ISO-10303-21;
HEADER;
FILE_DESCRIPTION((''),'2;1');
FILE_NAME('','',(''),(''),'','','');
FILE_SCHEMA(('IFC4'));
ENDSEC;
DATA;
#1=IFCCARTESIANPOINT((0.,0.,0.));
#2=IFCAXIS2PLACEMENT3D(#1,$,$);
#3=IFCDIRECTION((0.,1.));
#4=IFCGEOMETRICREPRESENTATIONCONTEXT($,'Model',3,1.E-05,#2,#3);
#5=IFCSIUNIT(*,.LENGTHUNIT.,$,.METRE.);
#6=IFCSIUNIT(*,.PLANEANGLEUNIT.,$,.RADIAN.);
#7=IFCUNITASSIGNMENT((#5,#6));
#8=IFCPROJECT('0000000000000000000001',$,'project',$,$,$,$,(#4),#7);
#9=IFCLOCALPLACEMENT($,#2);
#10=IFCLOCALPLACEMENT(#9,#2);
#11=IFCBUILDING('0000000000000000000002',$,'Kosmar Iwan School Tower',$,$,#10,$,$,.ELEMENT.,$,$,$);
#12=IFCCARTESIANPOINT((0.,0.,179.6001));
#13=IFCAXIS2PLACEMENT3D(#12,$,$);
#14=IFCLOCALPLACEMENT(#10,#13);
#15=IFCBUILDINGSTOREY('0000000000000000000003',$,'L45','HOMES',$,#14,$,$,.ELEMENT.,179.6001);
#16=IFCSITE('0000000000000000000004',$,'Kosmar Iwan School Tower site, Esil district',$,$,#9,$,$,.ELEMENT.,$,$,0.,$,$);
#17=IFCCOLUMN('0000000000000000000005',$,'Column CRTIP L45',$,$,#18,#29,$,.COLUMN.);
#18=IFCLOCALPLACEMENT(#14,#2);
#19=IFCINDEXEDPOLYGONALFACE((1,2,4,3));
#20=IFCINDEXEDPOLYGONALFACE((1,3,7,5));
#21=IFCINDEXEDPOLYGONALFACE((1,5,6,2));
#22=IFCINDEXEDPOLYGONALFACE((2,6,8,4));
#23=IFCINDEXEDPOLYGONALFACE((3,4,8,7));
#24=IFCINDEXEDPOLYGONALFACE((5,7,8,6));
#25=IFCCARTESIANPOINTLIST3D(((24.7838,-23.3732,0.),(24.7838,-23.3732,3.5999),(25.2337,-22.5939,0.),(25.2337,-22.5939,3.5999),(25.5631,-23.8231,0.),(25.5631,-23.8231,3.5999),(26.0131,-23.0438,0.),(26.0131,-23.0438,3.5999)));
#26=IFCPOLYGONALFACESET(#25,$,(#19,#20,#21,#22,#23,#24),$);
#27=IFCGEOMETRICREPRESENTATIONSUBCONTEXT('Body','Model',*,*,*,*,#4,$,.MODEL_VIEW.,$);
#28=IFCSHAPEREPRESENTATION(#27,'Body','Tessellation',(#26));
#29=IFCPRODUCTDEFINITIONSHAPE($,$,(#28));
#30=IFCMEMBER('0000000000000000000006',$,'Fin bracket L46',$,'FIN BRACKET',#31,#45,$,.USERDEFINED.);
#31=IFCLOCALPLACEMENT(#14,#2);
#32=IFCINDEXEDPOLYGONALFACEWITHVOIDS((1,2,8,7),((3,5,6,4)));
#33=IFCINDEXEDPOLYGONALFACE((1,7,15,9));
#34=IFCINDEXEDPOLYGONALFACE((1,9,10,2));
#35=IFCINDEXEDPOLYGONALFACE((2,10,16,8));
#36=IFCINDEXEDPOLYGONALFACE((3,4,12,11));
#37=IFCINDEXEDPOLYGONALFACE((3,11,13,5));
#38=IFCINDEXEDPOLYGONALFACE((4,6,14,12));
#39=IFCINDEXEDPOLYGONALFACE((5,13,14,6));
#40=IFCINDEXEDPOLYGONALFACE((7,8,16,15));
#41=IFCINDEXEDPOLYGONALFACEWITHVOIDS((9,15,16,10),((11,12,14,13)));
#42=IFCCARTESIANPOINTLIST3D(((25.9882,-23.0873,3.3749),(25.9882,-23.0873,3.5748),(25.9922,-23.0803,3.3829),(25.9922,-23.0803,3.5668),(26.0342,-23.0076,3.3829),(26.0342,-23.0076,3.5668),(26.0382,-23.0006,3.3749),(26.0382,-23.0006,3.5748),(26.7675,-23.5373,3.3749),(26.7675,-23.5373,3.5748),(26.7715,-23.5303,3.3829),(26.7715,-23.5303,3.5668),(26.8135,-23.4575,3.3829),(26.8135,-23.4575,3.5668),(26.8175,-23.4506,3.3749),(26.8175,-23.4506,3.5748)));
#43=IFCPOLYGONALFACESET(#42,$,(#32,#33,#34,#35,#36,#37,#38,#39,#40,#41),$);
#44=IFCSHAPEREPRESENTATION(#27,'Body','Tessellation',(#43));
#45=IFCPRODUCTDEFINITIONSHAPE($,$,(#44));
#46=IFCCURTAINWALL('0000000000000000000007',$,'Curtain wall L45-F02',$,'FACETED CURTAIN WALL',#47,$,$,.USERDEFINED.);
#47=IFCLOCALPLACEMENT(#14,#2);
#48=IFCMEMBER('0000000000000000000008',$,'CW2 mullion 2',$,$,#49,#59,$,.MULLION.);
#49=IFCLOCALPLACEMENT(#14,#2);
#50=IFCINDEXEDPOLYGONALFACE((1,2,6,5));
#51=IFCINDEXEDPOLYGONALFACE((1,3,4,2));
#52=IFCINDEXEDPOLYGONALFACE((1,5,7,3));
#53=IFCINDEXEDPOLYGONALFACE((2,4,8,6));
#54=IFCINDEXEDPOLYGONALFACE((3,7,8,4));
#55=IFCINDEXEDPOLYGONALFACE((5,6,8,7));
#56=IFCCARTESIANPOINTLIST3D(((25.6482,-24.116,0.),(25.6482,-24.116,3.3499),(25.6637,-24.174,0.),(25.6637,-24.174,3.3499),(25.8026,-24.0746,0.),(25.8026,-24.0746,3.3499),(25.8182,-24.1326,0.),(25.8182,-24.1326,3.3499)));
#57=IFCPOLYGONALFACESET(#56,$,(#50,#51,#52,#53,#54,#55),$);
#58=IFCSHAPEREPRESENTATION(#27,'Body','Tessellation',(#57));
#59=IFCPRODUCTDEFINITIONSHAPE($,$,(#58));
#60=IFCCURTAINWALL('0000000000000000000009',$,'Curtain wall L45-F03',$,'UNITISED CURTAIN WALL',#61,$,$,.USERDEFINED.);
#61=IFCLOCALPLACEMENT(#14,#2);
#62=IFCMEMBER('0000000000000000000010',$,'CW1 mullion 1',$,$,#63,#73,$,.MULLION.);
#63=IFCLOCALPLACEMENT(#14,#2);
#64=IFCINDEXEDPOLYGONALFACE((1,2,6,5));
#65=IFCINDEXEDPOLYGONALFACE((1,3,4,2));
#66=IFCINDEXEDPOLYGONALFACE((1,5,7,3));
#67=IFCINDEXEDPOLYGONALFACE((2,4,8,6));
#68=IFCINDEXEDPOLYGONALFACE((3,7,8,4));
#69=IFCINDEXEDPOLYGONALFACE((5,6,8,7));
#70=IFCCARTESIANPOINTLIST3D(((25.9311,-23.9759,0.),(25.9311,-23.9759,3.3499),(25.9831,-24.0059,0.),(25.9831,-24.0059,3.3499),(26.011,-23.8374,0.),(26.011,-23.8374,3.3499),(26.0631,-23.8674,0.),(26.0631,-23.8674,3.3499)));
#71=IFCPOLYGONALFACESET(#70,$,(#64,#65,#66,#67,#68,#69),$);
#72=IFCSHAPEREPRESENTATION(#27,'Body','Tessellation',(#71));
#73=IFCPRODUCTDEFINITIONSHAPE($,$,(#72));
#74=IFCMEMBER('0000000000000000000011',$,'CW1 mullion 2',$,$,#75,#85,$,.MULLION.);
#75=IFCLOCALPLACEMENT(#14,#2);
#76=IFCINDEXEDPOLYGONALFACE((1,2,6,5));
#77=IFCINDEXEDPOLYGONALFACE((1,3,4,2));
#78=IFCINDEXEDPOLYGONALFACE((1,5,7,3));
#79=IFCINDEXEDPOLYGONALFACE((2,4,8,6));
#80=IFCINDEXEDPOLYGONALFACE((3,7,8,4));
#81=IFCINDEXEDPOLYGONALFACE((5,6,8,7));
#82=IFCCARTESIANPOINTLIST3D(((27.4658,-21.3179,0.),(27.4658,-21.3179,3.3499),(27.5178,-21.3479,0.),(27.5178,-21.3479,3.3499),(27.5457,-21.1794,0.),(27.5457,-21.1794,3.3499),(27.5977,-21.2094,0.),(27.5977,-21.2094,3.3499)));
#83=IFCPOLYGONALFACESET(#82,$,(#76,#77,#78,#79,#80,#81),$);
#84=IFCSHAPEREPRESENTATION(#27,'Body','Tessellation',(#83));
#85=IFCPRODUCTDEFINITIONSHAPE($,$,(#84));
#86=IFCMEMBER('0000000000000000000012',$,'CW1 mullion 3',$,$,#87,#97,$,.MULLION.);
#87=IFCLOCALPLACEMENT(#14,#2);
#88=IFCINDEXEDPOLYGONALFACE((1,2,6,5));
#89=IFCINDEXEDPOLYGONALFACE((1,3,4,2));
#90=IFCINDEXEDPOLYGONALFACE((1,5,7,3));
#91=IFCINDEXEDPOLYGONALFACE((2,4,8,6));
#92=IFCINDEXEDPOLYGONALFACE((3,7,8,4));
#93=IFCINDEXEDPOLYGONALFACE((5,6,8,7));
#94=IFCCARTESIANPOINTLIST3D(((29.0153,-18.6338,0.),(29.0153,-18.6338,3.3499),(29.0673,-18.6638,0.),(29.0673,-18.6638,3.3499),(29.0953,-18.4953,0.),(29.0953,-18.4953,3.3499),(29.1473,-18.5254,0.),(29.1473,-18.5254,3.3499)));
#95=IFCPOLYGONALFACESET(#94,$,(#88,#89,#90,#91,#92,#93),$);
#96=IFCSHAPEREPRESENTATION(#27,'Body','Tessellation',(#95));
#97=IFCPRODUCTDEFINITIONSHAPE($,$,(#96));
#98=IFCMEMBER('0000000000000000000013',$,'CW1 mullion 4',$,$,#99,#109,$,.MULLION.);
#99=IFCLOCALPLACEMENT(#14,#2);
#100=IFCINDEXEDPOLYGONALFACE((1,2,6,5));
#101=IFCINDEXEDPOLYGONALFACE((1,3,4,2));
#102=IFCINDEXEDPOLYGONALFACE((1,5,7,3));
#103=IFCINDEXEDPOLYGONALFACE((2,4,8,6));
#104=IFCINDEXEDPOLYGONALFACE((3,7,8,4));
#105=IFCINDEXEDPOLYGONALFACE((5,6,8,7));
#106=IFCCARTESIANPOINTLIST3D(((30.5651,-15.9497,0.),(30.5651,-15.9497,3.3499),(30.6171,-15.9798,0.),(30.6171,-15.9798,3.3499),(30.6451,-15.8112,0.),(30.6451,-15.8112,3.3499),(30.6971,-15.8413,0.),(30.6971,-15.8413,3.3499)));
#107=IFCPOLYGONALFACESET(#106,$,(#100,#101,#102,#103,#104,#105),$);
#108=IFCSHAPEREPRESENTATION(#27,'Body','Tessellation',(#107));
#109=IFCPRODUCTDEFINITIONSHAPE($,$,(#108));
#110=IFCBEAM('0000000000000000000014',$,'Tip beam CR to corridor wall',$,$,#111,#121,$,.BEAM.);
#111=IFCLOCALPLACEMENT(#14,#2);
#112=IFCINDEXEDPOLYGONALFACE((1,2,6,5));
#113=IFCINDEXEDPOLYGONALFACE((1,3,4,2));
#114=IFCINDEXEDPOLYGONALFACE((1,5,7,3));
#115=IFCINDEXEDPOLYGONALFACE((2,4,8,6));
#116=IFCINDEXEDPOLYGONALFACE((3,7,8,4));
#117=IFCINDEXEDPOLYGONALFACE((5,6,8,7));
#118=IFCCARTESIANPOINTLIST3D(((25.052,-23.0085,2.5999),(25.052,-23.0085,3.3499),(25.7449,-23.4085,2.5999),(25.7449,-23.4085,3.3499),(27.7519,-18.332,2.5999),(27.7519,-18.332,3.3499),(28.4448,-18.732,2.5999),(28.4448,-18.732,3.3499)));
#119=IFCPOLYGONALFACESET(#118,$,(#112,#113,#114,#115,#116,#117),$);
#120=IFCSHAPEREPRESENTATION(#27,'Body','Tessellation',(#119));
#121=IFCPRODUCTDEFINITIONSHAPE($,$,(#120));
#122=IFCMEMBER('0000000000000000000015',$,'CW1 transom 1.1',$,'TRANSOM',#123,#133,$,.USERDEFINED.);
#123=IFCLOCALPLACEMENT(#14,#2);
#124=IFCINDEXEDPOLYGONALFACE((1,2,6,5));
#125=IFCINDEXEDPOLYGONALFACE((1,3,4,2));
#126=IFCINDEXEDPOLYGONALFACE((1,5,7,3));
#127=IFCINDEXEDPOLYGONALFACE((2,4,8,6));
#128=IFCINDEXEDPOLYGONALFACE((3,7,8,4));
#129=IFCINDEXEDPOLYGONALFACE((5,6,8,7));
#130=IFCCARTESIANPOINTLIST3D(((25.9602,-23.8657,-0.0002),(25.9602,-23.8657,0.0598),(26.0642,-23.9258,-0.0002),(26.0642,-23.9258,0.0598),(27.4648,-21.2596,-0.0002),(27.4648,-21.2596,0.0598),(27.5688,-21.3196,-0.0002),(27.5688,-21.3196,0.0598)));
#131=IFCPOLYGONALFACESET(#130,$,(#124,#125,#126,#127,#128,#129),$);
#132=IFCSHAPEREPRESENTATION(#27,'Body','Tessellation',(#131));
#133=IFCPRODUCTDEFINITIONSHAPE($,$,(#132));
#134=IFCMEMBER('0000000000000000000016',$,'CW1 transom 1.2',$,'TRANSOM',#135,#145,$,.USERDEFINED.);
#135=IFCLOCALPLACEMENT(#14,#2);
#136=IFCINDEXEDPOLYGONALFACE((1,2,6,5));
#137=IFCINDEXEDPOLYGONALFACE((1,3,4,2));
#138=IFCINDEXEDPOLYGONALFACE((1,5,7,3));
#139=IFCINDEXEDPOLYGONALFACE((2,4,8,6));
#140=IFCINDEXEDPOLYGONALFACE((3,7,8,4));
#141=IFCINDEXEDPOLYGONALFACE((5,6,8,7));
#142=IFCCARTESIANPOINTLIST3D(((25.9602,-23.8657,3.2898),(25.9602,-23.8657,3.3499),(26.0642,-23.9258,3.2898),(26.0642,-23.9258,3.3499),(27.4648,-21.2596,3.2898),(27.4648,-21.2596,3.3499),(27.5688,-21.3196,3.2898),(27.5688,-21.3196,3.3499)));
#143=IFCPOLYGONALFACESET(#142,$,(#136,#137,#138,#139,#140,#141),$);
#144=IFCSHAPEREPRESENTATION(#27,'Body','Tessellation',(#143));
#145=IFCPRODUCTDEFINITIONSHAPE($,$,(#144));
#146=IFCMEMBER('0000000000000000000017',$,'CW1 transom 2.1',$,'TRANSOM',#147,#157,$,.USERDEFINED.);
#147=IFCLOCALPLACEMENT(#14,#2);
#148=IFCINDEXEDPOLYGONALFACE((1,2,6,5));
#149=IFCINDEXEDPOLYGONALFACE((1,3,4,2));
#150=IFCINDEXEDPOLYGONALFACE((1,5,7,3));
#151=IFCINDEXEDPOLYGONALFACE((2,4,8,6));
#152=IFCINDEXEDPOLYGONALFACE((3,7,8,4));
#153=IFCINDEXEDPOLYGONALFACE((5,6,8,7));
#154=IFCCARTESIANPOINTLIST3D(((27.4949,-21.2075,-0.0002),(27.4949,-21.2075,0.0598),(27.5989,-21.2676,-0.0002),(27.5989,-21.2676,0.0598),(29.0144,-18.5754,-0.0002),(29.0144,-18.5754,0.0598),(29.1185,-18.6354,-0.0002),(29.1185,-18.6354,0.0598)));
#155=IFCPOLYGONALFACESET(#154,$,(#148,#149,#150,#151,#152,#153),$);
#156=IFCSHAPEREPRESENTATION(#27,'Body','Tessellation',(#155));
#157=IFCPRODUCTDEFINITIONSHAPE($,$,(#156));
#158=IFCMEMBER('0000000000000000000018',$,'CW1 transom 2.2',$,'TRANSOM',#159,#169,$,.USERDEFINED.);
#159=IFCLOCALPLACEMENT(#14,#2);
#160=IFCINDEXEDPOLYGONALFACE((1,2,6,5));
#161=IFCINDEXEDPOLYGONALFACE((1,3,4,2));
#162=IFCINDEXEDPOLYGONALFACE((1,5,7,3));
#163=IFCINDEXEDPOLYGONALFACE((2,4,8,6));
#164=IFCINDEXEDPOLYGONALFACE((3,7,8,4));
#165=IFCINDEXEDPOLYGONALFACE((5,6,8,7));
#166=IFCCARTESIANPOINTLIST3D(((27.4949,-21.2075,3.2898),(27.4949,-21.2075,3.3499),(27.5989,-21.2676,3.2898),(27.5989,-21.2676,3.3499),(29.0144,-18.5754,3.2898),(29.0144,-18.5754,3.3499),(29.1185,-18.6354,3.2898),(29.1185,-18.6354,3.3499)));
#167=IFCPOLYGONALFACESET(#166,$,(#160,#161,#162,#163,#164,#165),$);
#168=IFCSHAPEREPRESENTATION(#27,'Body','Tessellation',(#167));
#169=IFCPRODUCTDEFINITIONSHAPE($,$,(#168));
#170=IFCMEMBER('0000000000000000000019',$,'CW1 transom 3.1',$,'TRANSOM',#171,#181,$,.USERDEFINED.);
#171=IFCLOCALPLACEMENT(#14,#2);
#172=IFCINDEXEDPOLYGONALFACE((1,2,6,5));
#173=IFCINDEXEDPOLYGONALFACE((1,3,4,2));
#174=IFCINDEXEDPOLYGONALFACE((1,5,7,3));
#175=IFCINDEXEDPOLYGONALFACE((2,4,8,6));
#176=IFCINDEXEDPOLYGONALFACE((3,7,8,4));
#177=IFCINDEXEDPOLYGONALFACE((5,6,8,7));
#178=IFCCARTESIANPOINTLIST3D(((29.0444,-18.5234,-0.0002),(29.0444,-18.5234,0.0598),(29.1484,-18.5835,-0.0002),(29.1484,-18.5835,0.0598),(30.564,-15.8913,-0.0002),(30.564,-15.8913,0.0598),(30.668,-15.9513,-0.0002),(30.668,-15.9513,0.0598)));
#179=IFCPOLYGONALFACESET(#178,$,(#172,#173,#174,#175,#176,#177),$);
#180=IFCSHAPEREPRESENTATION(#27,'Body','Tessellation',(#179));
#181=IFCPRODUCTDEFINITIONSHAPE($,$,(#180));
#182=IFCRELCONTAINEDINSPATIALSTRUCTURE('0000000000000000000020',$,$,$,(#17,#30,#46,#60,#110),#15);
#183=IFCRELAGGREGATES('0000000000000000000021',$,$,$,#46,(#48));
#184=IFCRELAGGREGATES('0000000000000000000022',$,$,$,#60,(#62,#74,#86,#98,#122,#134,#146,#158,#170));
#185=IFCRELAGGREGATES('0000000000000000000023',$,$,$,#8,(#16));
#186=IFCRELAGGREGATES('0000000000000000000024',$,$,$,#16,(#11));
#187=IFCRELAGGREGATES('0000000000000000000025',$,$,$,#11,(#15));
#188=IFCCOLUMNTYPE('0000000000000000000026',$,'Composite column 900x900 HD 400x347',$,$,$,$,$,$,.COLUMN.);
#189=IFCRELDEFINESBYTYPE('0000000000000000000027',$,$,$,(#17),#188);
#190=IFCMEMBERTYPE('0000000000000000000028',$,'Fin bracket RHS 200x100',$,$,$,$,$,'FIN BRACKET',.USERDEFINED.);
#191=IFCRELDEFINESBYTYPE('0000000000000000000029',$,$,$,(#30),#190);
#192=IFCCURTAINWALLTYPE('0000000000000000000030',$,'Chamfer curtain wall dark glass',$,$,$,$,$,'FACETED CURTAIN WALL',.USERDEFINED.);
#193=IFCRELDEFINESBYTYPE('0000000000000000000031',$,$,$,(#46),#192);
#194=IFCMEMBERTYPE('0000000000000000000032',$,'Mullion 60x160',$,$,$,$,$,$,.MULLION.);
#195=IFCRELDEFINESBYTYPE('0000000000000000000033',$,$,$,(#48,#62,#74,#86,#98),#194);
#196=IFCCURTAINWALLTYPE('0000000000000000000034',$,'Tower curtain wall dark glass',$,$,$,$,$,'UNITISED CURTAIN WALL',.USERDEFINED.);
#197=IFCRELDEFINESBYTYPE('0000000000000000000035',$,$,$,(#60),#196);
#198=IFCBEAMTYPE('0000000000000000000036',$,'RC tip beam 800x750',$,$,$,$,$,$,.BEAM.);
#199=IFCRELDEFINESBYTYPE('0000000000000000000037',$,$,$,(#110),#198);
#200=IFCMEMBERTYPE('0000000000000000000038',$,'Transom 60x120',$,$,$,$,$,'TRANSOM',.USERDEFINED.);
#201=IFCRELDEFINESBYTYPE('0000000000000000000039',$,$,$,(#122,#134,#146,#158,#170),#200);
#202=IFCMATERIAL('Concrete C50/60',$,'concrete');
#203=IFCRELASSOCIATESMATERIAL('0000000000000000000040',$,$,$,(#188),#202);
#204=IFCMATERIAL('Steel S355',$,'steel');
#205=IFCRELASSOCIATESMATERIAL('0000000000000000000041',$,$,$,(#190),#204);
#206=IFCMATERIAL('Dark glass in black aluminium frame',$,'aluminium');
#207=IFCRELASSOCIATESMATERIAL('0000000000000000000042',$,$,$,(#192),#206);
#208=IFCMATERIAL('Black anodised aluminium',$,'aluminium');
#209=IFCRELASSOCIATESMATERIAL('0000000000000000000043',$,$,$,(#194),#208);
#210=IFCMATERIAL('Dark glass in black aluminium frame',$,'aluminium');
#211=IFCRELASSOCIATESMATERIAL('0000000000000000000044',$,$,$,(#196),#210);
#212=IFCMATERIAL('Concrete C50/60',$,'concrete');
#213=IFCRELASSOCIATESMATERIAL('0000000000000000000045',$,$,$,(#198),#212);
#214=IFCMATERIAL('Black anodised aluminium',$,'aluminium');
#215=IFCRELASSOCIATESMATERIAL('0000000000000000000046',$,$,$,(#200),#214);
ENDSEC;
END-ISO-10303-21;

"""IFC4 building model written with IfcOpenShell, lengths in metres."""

from ifc_helpers import new_model, si_unit, direction, frame, origin, origin_2d, place, context, subcontext, project, spatial, rectangle, hollow_rectangle, extrude, material, material_profile, profile_set, type_object, element, aggregate, save


model = new_model("IFC4")

# Units and contexts
model_context = context("Model", 3, precision=1e-05, world=origin(), true_north=direction((0.0, 1.0)))
body_context = subcontext(model_context, "Body", "Model", "MODEL_VIEW")
ifc_project = project(units=[si_unit("LENGTHUNIT", "METRE"), si_unit("PLANEANGLEUNIT", "RADIAN")], contexts=[model_context])

# Site, building, storey
site_placement = place(None, origin())
site = spatial("IfcSite", under=ifc_project, at=site_placement, Name="Kosmar Iwan School Tower site, Esil district", CompositionType="ELEMENT", RefElevation=0.0)
building_placement = place(site_placement, origin())
building = spatial("IfcBuilding", under=site, at=building_placement, Name="Kosmar Iwan School Tower", CompositionType="ELEMENT")
storey_placement = place(building_placement, frame((0.0, 0.0, 179.6001)))
storey = spatial("IfcBuildingStorey", under=building, at=storey_placement, Name="L45", Description="HOMES", CompositionType="ELEMENT", Elevation=179.6001)

# Column
ifc_material_1 = material(Name="Concrete C50/60", Category="concrete")
ifc_material_profile_1 = material_profile(ifc_material_1, rectangle(XDim=0.8999, YDim=0.8999, at=origin_2d()), Name="RC 900x900 + HD 400x347")
ifc_profile_set_1 = profile_set([ifc_material_profile_1], Name="Concrete C50/60")
column_type = type_object("IfcColumnType", Name="Composite column 900x900 HD 400x347", PredefinedType="COLUMN", material=ifc_profile_set_1)
column_placement = place(storey_placement, frame((25.3984, -23.2085, 0.0), z_axis=(0.0, 0.0, 1.0), x_axis=(0.866025, -0.5, 0.0)))
element("IfcColumn", 1, at=column_placement, inside=storey, type_object=column_type, Name="Column CRTIP L45", PredefinedType="COLUMN", context=body_context, shape_type="SweptSolid", body=[
    extrude(rectangle(XDim=0.8999, YDim=0.8999, at=origin_2d()), origin(), (0.0, 0.0, 1.0), 3.5999),
])

# Member
ifc_material_2 = material(Name="Steel S355", Category="steel")
ifc_material_profile_2 = material_profile(ifc_material_2, hollow_rectangle(XDim=0.1001, YDim=0.2, WallThickness=0.0081, at=origin_2d()), Name="RHS 200x100x8")
ifc_profile_set_2 = profile_set([ifc_material_profile_2], Name="Steel S355")
member_type_1 = type_object("IfcMemberType", Name="Fin bracket RHS 200x100", ElementType="FIN BRACKET", PredefinedType="USERDEFINED", material=ifc_profile_set_2)
member_1_placement = place(storey_placement, frame((26.0132, -23.0439, 3.4749), z_axis=(0.866014, -0.50002, 0.0), x_axis=(0.50002, 0.866014, 0.0)))
element("IfcMember", 2, at=member_1_placement, inside=storey, type_object=member_type_1, Name="Fin bracket L46", ObjectType="FIN BRACKET", PredefinedType="USERDEFINED", context=body_context, shape_type="SweptSolid", body=[
    extrude(hollow_rectangle(XDim=0.1001, YDim=0.2, WallThickness=0.0081, at=origin_2d()), origin(), (0.0, 0.0, 1.0), 0.8999),
])

# Curtain wall, member
ifc_material_3 = material(Name="Dark glass in black aluminium frame", Category="aluminium")
curtain_wall_type_1 = type_object("IfcCurtainWallType", Name="Chamfer curtain wall dark glass", ElementType="FACETED CURTAIN WALL", PredefinedType="USERDEFINED", material=ifc_material_3)
curtain_wall_1_placement = place(storey_placement, origin())
curtain_wall_1 = element("IfcCurtainWall", 3, at=curtain_wall_1_placement, inside=storey, type_object=curtain_wall_type_1, Name="Curtain wall L45-F02", ObjectType="FACETED CURTAIN WALL", PredefinedType="USERDEFINED")
ifc_material_4 = material(Name="Black anodised aluminium", Category="aluminium")
ifc_material_profile_3 = material_profile(ifc_material_4, rectangle(XDim=0.0601, YDim=0.1599, at=origin_2d()), Name="MULLION 60x160")
ifc_profile_set_3 = profile_set([ifc_material_profile_3], Name="Black anodised aluminium")
member_type_2 = type_object("IfcMemberType", Name="Mullion 60x160", PredefinedType="MULLION", material=ifc_profile_set_3)
member_2_placement = place(storey_placement, frame((25.7332, -24.1243, 0.0), z_axis=(0.0, 0.0, 1.0), x_axis=(-0.258819, 0.965926, 0.0)))
member_2 = element("IfcMember", 4, at=member_2_placement, type_object=member_type_2, Name="CW2 mullion 2", PredefinedType="MULLION", context=body_context, shape_type="SweptSolid", body=[
    extrude(rectangle(XDim=0.0601, YDim=0.1599, at=origin_2d()), origin(), (0.0, 0.0, 1.0), 3.3499),
])

# Curtain wall, members
ifc_material_5 = material(Name="Dark glass in black aluminium frame", Category="aluminium")
curtain_wall_type_2 = type_object("IfcCurtainWallType", Name="Tower curtain wall dark glass", ElementType="UNITISED CURTAIN WALL", PredefinedType="USERDEFINED", material=ifc_material_5)
curtain_wall_2_placement = place(storey_placement, origin())
curtain_wall_2 = element("IfcCurtainWall", 5, at=curtain_wall_2_placement, inside=storey, type_object=curtain_wall_type_2, Name="Curtain wall L45-F03", ObjectType="UNITISED CURTAIN WALL", PredefinedType="USERDEFINED")
member_3_placement = place(storey_placement, frame((25.9971, -23.9216, 0.0), z_axis=(0.0, 0.0, 1.0), x_axis=(-0.866025, 0.5, 0.0)))
member_3 = element("IfcMember", 6, at=member_3_placement, type_object=member_type_2, Name="CW1 mullion 1", PredefinedType="MULLION", context=body_context, shape_type="SweptSolid", body=[
    extrude(rectangle(XDim=0.0601, YDim=0.1599, at=origin_2d()), origin(), (0.0, 0.0, 1.0), 3.3499),
])
member_4_placement = place(storey_placement, frame((27.5317, -21.2637, 0.0), z_axis=(0.0, 0.0, 1.0), x_axis=(-0.866025, 0.5, 0.0)))
member_4 = element("IfcMember", 7, at=member_4_placement, type_object=member_type_2, Name="CW1 mullion 2", PredefinedType="MULLION", context=body_context, shape_type="SweptSolid", body=[
    extrude(rectangle(XDim=0.0601, YDim=0.1599, at=origin_2d()), origin(), (0.0, 0.0, 1.0), 3.3499),
])
member_5_placement = place(storey_placement, frame((29.0813, -18.5796, 0.0), z_axis=(0.0, 0.0, 1.0), x_axis=(-0.866025, 0.5, 0.0)))
member_5 = element("IfcMember", 8, at=member_5_placement, type_object=member_type_2, Name="CW1 mullion 3", PredefinedType="MULLION", context=body_context, shape_type="SweptSolid", body=[
    extrude(rectangle(XDim=0.0601, YDim=0.1599, at=origin_2d()), origin(), (0.0, 0.0, 1.0), 3.3499),
])
member_6_placement = place(storey_placement, frame((30.6311, -15.8955, 0.0), z_axis=(0.0, 0.0, 1.0), x_axis=(-0.866025, 0.5, 0.0)))
member_6 = element("IfcMember", 9, at=member_6_placement, type_object=member_type_2, Name="CW1 mullion 4", PredefinedType="MULLION", context=body_context, shape_type="SweptSolid", body=[
    extrude(rectangle(XDim=0.0601, YDim=0.1599, at=origin_2d()), origin(), (0.0, 0.0, 1.0), 3.3499),
])

# Beam
ifc_material_6 = material(Name="Concrete C50/60", Category="concrete")
ifc_material_profile_4 = material_profile(ifc_material_6, rectangle(XDim=0.8, YDim=0.75, at=origin_2d()), Name="RC 800x750")
ifc_profile_set_4 = profile_set([ifc_material_profile_4], Name="Concrete C50/60")
beam_type = type_object("IfcBeamType", Name="RC tip beam 800x750", PredefinedType="BEAM", material=ifc_profile_set_4)
beam_placement = place(storey_placement, frame((25.3984, -23.2085, 2.9749), z_axis=(0.499995, 0.866028, 0.0), x_axis=(-0.866028, 0.499995, 0.0)))
element("IfcBeam", 10, at=beam_placement, inside=storey, type_object=beam_type, Name="Tip beam CR to corridor wall", PredefinedType="BEAM", context=body_context, shape_type="SweptSolid", body=[
    extrude(rectangle(XDim=0.8, YDim=0.75, at=origin_2d()), origin(), (0.0, 0.0, 1.0), 5.3999),
])

# Members
ifc_material_7 = material(Name="Black anodised aluminium", Category="aluminium")
ifc_material_profile_5 = material_profile(ifc_material_7, rectangle(XDim=0.1201, YDim=0.0601, at=origin_2d()), Name="TRANSOM 60x120")
ifc_profile_set_5 = profile_set([ifc_material_profile_5], Name="Black anodised aluminium")
member_type_3 = type_object("IfcMemberType", Name="Transom 60x120", ElementType="TRANSOM", PredefinedType="USERDEFINED", material=ifc_profile_set_5)
member_7_placement = place(storey_placement, frame((26.0122, -23.8958, 0.0298), z_axis=(0.499987, 0.866033, 0.0), x_axis=(-0.866033, 0.499987, 0.0)))
member_7 = element("IfcMember", 11, at=member_7_placement, type_object=member_type_3, Name="CW1 transom 1.1", ObjectType="TRANSOM", PredefinedType="USERDEFINED", context=body_context, shape_type="SweptSolid", body=[
    extrude(rectangle(XDim=0.1201, YDim=0.0601, at=origin_2d()), origin(), (0.0, 0.0, 1.0), 3.0093),
])
member_8_placement = place(storey_placement, frame((26.0122, -23.8958, 3.3198), z_axis=(0.499987, 0.866033, 0.0), x_axis=(-0.866033, 0.499987, 0.0)))
member_8 = element("IfcMember", 12, at=member_8_placement, type_object=member_type_3, Name="CW1 transom 1.2", ObjectType="TRANSOM", PredefinedType="USERDEFINED", context=body_context, shape_type="SweptSolid", body=[
    extrude(rectangle(XDim=0.1201, YDim=0.0601, at=origin_2d()), origin(), (0.0, 0.0, 1.0), 3.0093),
])
member_9_placement = place(storey_placement, frame((27.5469, -21.2375, 0.0298), z_axis=(0.499975, 0.86604, 0.0), x_axis=(-0.86604, 0.499975, 0.0)))
member_9 = element("IfcMember", 13, at=member_9_placement, type_object=member_type_3, Name="CW1 transom 2.1", ObjectType="TRANSOM", PredefinedType="USERDEFINED", context=body_context, shape_type="SweptSolid", body=[
    extrude(rectangle(XDim=0.1201, YDim=0.0601, at=origin_2d()), origin(), (0.0, 0.0, 1.0), 3.0393),
])
member_10_placement = place(storey_placement, frame((27.5469, -21.2375, 3.3198), z_axis=(0.499975, 0.86604, 0.0), x_axis=(-0.86604, 0.499975, 0.0)))
member_10 = element("IfcMember", 14, at=member_10_placement, type_object=member_type_3, Name="CW1 transom 2.2", ObjectType="TRANSOM", PredefinedType="USERDEFINED", context=body_context, shape_type="SweptSolid", body=[
    extrude(rectangle(XDim=0.1201, YDim=0.0601, at=origin_2d()), origin(), (0.0, 0.0, 1.0), 3.0393),
])
member_11_placement = place(storey_placement, frame((29.0964, -18.5535, 0.0298), z_axis=(0.499975, 0.86604, 0.0), x_axis=(-0.86604, 0.499975, 0.0)))
member_11 = element("IfcMember", 15, at=member_11_placement, type_object=member_type_3, Name="CW1 transom 3.1", ObjectType="TRANSOM", PredefinedType="USERDEFINED", context=body_context, shape_type="SweptSolid", body=[
    extrude(rectangle(XDim=0.1201, YDim=0.0601, at=origin_2d()), origin(), (0.0, 0.0, 1.0), 3.0393),
])

aggregate(curtain_wall_1, [member_2])
aggregate(curtain_wall_2, [member_3, member_4, member_5, member_6, member_7, member_8, member_9, member_10, member_11])

save(model, "model.ifc")
